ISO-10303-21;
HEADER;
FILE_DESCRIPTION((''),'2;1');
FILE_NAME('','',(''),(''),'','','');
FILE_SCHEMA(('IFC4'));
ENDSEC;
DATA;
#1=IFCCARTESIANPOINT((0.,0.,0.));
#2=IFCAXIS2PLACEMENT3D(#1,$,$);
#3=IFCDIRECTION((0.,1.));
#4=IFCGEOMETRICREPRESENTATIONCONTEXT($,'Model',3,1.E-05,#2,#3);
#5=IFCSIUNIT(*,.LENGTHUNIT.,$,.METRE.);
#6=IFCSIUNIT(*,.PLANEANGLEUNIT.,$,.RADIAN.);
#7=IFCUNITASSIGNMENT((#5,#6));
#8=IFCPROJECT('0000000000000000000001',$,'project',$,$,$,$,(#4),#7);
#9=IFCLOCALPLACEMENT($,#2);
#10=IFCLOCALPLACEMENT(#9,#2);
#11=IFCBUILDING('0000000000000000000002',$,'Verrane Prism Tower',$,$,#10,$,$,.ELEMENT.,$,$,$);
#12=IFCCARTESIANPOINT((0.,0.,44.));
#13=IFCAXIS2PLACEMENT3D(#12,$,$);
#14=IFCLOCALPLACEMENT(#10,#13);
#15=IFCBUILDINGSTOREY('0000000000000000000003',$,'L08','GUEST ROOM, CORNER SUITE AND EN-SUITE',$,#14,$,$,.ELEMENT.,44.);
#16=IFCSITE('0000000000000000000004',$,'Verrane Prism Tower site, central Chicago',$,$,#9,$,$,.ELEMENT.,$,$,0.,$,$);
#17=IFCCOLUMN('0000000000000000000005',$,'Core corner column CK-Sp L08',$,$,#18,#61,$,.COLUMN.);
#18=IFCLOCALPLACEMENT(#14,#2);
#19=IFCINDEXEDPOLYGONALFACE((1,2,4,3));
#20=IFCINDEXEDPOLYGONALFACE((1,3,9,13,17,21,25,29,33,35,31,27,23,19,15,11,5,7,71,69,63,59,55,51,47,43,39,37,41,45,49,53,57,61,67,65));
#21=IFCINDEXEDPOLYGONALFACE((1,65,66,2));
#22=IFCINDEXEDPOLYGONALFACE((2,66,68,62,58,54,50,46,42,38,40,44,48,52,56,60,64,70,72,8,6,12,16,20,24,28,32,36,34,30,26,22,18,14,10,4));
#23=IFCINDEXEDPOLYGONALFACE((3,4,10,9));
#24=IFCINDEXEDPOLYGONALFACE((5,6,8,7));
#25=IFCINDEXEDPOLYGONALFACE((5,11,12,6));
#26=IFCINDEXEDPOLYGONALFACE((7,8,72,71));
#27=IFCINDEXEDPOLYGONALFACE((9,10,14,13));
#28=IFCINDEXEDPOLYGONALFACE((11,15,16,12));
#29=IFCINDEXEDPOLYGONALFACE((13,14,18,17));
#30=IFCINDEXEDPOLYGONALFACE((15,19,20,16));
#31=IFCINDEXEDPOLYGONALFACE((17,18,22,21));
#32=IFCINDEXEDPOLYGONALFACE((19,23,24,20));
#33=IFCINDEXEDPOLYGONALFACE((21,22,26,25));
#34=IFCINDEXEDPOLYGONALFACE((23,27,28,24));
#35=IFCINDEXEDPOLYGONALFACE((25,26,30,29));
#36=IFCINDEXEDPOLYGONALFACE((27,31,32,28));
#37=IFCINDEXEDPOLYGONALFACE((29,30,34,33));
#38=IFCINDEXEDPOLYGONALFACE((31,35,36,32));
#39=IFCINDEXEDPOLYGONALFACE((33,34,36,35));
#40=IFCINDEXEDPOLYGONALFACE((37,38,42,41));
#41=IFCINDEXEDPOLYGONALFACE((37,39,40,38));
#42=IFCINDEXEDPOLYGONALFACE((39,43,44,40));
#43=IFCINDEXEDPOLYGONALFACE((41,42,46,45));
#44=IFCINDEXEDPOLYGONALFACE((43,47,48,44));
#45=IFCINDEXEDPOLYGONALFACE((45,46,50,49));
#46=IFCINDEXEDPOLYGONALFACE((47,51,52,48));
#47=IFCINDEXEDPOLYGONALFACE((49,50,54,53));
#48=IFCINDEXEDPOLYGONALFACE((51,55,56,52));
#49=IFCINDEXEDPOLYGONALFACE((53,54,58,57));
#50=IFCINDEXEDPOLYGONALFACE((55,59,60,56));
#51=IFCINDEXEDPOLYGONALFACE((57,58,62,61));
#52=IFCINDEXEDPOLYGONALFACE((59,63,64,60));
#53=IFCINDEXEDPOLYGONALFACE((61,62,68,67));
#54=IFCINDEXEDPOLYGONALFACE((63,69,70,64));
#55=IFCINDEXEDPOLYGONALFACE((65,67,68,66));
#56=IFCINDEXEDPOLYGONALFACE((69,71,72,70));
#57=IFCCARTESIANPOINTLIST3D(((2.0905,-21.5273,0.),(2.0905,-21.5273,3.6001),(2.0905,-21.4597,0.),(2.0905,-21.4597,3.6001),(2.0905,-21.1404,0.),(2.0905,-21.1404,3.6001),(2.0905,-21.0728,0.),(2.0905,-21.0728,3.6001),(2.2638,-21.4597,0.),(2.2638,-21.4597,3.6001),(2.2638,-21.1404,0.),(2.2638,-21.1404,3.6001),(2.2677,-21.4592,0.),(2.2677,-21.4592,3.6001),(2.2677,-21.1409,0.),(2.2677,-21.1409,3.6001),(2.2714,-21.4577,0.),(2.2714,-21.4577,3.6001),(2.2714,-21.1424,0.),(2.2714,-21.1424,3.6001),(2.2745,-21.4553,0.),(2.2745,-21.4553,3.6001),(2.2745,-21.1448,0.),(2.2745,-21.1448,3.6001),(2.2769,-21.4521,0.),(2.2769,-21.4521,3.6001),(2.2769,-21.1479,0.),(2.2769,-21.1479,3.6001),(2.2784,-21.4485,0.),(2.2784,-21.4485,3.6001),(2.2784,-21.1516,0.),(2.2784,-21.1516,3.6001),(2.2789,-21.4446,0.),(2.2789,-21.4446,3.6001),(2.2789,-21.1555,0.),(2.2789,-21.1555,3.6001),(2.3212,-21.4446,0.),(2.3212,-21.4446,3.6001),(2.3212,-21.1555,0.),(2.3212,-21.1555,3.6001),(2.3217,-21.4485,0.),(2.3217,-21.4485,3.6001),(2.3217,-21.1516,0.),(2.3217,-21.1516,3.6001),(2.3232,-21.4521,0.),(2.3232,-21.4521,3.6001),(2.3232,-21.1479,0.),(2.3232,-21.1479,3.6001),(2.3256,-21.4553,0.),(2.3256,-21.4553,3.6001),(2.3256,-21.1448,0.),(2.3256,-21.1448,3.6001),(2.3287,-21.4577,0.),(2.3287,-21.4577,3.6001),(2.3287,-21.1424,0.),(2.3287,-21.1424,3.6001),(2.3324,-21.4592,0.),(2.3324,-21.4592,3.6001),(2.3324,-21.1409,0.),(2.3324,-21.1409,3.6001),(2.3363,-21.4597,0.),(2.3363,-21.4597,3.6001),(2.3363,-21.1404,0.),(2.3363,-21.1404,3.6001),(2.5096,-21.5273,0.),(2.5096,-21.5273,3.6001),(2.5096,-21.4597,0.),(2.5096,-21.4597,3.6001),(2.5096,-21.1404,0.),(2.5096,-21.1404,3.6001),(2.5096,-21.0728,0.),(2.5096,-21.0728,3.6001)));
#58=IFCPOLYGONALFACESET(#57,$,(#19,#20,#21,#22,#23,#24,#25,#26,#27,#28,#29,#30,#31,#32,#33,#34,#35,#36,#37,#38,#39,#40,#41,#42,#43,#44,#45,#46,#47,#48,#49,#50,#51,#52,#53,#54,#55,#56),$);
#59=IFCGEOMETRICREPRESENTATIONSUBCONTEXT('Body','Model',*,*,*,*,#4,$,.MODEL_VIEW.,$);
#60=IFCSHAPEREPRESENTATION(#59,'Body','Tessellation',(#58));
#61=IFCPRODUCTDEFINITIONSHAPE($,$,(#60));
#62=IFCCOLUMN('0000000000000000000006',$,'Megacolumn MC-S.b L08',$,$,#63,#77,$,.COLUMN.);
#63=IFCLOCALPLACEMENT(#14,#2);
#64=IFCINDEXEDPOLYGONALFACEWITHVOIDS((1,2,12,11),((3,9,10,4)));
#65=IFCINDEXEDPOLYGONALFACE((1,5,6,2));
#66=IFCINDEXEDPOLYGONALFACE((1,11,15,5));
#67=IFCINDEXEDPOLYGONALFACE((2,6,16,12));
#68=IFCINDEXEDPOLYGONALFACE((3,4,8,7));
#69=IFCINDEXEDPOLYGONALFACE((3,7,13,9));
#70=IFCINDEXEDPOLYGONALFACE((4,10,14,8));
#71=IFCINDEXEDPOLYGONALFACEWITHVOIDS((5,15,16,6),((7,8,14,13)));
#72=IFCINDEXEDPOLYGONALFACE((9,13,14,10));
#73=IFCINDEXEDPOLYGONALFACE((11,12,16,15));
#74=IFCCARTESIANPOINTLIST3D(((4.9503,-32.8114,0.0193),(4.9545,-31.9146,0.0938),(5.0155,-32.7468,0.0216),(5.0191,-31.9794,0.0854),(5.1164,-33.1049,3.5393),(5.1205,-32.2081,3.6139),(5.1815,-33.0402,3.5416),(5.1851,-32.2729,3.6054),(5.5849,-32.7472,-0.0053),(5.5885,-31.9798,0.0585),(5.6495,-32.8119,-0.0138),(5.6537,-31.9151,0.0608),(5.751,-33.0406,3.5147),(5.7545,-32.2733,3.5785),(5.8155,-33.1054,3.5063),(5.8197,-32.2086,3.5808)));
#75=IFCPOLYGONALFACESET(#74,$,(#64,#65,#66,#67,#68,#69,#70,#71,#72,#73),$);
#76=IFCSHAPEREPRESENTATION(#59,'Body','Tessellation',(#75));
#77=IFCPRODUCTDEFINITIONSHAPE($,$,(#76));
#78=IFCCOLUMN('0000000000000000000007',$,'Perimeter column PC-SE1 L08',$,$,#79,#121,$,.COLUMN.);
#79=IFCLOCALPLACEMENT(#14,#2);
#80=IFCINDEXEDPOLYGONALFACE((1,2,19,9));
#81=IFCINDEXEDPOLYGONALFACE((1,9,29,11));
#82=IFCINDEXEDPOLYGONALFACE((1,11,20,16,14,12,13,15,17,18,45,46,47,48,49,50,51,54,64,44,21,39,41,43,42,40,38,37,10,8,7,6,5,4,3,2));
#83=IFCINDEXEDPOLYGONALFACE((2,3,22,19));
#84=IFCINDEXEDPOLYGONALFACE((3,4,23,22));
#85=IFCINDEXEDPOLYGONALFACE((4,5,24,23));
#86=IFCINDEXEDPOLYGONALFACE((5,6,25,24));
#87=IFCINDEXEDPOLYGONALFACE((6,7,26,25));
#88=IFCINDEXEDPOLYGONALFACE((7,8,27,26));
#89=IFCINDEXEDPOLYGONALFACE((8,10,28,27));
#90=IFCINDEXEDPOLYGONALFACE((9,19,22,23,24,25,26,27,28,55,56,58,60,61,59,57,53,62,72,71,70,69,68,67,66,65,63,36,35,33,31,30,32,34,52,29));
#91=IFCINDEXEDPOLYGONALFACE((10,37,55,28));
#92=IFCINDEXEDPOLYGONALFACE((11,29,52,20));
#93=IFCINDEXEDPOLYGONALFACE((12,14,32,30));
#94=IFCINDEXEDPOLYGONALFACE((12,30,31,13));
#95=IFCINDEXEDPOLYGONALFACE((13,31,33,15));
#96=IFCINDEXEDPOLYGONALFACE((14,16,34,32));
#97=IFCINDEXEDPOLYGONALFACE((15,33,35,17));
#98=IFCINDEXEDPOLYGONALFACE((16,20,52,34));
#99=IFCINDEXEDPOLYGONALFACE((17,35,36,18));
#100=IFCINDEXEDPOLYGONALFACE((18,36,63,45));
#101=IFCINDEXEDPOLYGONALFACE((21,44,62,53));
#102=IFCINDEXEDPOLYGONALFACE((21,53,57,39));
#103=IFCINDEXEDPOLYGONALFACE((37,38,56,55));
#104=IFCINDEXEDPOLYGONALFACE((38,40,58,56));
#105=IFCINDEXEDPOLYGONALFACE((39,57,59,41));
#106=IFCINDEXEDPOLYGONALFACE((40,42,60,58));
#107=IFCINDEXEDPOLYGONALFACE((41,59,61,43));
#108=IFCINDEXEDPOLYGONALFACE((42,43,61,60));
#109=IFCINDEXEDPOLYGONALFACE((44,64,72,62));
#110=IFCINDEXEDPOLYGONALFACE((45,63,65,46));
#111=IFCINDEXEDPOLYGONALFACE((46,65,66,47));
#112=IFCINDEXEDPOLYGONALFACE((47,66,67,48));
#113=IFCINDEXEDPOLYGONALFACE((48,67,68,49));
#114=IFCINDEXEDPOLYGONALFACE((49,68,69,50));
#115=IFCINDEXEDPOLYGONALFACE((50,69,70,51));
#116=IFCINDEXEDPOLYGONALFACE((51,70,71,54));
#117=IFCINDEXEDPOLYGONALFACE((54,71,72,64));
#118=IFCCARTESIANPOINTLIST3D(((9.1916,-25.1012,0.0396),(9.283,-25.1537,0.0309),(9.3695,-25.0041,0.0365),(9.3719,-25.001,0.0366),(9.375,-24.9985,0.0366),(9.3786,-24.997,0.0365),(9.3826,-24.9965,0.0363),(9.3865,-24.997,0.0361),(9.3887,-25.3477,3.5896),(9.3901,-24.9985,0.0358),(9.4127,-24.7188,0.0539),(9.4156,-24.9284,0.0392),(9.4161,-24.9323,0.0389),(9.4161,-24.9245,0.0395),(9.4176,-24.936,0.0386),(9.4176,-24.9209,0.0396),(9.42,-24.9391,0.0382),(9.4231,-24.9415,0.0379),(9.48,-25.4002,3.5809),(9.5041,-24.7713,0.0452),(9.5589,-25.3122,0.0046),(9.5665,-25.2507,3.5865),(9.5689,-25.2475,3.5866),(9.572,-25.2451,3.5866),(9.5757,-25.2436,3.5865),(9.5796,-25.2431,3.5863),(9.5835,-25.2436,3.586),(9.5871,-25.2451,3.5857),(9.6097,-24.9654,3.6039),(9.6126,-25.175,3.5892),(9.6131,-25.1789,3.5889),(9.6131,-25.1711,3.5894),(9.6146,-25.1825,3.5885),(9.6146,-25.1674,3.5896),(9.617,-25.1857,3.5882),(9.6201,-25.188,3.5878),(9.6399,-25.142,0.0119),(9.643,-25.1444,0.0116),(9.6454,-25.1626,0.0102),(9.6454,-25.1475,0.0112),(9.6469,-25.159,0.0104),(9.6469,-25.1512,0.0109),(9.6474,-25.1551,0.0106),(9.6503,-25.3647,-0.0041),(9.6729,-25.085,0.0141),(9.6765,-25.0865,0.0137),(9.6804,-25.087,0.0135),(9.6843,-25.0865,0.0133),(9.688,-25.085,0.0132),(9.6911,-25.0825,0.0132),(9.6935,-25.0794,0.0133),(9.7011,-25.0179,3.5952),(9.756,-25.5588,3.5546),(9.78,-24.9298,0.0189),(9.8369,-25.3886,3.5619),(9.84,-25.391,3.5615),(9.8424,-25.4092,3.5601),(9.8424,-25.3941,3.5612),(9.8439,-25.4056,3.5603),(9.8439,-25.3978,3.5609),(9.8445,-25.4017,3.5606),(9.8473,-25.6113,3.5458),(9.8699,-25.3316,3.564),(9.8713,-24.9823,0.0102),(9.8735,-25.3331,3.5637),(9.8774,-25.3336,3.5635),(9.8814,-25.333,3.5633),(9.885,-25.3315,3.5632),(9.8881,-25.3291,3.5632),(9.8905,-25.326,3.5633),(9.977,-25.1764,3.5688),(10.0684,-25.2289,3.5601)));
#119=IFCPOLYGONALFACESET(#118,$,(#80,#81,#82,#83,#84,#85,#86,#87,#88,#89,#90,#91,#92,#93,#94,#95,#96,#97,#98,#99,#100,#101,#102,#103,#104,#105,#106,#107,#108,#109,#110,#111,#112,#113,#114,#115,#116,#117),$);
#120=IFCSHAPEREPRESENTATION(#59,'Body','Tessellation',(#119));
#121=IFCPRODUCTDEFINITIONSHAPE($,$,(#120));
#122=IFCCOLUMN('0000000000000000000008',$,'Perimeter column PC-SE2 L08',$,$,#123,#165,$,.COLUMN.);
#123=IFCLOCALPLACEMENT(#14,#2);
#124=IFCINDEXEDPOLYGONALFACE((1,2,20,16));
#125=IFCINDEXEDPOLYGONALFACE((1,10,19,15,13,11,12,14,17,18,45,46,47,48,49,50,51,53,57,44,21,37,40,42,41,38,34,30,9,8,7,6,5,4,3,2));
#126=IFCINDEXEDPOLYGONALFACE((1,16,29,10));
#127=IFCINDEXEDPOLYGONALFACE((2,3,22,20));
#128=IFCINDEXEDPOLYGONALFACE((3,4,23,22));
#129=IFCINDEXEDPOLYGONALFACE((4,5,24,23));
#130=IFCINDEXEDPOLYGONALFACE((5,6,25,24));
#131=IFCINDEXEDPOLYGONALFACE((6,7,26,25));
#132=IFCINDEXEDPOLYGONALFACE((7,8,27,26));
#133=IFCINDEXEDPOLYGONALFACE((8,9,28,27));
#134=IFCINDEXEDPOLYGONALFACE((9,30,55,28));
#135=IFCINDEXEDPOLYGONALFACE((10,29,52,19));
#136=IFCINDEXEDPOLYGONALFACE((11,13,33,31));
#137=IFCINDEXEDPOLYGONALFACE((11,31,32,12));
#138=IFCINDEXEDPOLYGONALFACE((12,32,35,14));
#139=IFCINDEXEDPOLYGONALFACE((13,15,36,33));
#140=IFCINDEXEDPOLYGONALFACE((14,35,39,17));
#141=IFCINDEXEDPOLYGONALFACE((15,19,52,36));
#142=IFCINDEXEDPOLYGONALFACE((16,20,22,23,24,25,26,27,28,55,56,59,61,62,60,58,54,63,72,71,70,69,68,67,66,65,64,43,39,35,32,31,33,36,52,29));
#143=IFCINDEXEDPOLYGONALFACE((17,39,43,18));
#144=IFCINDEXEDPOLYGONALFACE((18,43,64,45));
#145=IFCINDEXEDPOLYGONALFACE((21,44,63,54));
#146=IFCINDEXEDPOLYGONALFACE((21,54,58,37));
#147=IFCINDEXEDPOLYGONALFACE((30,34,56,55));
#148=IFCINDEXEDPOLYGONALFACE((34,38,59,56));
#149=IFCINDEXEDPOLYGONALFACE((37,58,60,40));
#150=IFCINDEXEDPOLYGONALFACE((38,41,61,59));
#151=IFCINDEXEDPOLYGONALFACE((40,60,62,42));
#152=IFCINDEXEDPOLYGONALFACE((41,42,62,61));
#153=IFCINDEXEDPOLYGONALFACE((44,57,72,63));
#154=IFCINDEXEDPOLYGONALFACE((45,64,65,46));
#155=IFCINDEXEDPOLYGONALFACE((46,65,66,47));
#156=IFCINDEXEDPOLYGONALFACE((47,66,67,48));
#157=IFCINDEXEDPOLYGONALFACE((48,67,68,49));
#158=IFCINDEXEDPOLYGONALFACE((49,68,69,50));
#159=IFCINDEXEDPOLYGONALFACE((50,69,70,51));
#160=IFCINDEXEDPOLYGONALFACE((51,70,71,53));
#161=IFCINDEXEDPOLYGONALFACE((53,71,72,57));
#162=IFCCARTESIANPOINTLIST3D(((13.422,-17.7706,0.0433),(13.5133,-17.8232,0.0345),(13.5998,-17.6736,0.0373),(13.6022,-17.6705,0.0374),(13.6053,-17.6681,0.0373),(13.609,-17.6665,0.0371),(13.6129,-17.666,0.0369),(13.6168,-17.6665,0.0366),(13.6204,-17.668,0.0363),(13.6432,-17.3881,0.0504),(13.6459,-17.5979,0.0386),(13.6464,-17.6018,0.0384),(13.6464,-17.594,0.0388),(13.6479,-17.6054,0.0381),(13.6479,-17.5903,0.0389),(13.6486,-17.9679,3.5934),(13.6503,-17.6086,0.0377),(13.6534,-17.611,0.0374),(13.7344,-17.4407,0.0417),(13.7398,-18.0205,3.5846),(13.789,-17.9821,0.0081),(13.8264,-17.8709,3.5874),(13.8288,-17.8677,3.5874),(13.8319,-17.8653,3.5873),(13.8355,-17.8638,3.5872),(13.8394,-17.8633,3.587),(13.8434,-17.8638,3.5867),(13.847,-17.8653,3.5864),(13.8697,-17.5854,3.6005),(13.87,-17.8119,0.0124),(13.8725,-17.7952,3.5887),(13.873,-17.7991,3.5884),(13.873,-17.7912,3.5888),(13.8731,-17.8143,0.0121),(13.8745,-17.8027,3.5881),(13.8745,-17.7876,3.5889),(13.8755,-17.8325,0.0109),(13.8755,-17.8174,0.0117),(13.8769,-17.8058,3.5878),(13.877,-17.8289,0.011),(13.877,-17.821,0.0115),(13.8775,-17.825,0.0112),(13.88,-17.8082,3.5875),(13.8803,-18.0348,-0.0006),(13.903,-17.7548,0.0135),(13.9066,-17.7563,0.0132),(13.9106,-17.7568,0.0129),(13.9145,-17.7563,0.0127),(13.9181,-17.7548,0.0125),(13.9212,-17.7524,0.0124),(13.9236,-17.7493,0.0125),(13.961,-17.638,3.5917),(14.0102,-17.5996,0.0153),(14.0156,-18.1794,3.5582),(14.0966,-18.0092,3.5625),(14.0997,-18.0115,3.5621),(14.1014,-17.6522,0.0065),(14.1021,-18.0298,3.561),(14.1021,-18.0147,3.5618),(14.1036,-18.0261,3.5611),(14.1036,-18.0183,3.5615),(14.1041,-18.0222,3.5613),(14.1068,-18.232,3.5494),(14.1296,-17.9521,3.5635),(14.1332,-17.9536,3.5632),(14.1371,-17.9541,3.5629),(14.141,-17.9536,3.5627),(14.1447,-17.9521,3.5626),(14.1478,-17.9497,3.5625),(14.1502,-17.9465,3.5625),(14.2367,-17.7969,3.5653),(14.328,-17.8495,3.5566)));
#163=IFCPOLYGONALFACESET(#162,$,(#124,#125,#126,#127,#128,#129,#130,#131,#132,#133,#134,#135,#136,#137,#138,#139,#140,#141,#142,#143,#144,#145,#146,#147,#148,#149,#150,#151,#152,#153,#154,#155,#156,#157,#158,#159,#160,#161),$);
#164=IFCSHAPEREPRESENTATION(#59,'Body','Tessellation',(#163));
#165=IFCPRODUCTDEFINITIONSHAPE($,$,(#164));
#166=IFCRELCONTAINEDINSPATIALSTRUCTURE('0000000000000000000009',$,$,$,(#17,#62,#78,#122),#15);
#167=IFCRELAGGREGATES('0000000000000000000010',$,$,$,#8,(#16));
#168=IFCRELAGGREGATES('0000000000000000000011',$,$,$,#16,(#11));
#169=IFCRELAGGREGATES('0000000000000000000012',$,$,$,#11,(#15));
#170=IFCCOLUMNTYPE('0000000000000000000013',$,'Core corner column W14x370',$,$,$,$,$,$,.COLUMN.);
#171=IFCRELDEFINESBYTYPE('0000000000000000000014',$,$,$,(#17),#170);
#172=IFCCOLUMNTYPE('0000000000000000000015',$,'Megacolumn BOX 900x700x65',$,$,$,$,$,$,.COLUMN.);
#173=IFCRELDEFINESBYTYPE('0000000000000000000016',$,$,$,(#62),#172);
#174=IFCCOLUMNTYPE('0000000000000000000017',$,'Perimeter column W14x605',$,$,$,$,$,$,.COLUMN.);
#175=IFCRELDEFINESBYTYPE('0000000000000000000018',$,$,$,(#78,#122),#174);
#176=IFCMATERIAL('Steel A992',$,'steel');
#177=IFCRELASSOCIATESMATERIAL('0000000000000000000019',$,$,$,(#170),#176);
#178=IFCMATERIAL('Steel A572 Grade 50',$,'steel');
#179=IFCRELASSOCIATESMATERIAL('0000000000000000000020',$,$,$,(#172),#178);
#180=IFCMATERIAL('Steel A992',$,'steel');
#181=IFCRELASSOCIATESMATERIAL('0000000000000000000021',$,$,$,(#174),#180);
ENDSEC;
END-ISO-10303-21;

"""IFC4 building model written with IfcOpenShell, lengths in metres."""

from ifc_helpers import new_model, si_unit, direction, frame, origin, origin_2d, place, context, subcontext, project, spatial, hollow_rectangle, i_section, extrude, material, material_profile, profile_set, type_object, element, save


model = new_model("IFC4")

# Units and contexts
model_context = context("Model", 3, precision=1e-05, world=origin(), true_north=direction((0.0, 1.0)))
body_context = subcontext(model_context, "Body", "Model", "MODEL_VIEW")
ifc_project = project(units=[si_unit("LENGTHUNIT", "METRE"), si_unit("PLANEANGLEUNIT", "RADIAN")], contexts=[model_context])

# Site, building, storey
site_placement = place(None, origin())
site = spatial("IfcSite", under=ifc_project, at=site_placement, Name="Verrane Prism Tower site, central Chicago", CompositionType="ELEMENT", RefElevation=0.0)
building_placement = place(site_placement, origin())
building = spatial("IfcBuilding", under=site, at=building_placement, Name="Verrane Prism Tower", CompositionType="ELEMENT")
storey_placement = place(building_placement, frame((0.0, 0.0, 44.0)))
storey = spatial("IfcBuildingStorey", under=building, at=storey_placement, Name="L08", Description="GUEST ROOM, CORNER SUITE AND EN-SUITE", CompositionType="ELEMENT", Elevation=44.0)

# Columns
ifc_material_1 = material(Name="Steel A992", Category="steel")
ifc_material_profile_1 = material_profile(ifc_material_1, i_section(OverallWidth=0.4192, OverallDepth=0.4546, WebThickness=0.0422, FlangeThickness=0.0676, FilletRadius=0.0151, at=origin_2d()), Name="W14x370")
ifc_profile_set_1 = profile_set([ifc_material_profile_1], Name="Steel A992")
column_type_1 = type_object("IfcColumnType", Name="Core corner column W14x370", PredefinedType="COLUMN", material=ifc_profile_set_1)
column_1_placement = place(storey_placement, frame((2.3, -21.3, 0.0), z_axis=(0.0, 0.0, 1.0), x_axis=(-1.0, 0.0, 0.0)))
element("IfcColumn", 1, at=column_1_placement, inside=storey, type_object=column_type_1, Name="Core corner column CK-Sp L08", PredefinedType="COLUMN", context=body_context, shape_type="SweptSolid", body=[
    extrude(i_section(OverallWidth=0.4192, OverallDepth=0.4546, WebThickness=0.0422, FlangeThickness=0.0676, FilletRadius=0.0151, at=origin_2d()), origin(), (0.0, 0.0, 1.0), 3.6001),
])
ifc_material_2 = material(Name="Steel A572 Grade 50", Category="steel")
ifc_material_profile_2 = material_profile(ifc_material_2, hollow_rectangle(XDim=0.7, YDim=0.8999, WallThickness=0.0649, at=origin_2d()), Name="BOX 900x700x65")
ifc_profile_set_2 = profile_set([ifc_material_profile_2], Name="Steel A572 Grade 50")
column_type_2 = type_object("IfcColumnType", Name="Megacolumn BOX 900x700x65", PredefinedType="COLUMN", material=ifc_profile_set_2)
column_2_placement = place(storey_placement, frame((5.302, -32.3633, 0.04), z_axis=(0.046948, -0.082988, 0.995444), x_axis=(-0.998887, 0.000713, 0.04717)))
element("IfcColumn", 2, at=column_2_placement, inside=storey, type_object=column_type_2, Name="Megacolumn MC-S.b L08", PredefinedType="COLUMN", context=body_context, shape_type="SweptSolid", body=[
    extrude(hollow_rectangle(XDim=0.7, YDim=0.8999, WallThickness=0.0649, at=origin_2d()), origin(), (0.0, 0.0, 1.0), 3.5361),
])
ifc_material_3 = material(Name="Steel A992", Category="steel")
ifc_material_profile_3 = material_profile(ifc_material_3, i_section(OverallWidth=0.4419, OverallDepth=0.5308, WebThickness=0.0659, FlangeThickness=0.1057, FilletRadius=0.0151, at=origin_2d()), Name="W14x605")
ifc_profile_set_3 = profile_set([ifc_material_profile_3], Name="Steel A992")
column_type_3 = type_object("IfcColumnType", Name="Perimeter column W14x605", PredefinedType="COLUMN", material=ifc_profile_set_3)
column_3_placement = place(storey_placement, frame((9.5315, -25.0417, 0.0249), z_axis=(0.05528, -0.069186, 0.996071), x_axis=(-0.500261, -0.865271, -0.032337)))
element("IfcColumn", 3, at=column_3_placement, inside=storey, type_object=column_type_3, Name="Perimeter column PC-SE1 L08", PredefinedType="COLUMN", context=body_context, shape_type="SweptSolid", body=[
    extrude(i_section(OverallWidth=0.4419, OverallDepth=0.5308, WebThickness=0.0659, FlangeThickness=0.1057, FilletRadius=0.0151, at=origin_2d()), origin(), (0.0, 0.0, 1.0), 3.564),
])
column_4_placement = place(storey_placement, frame((13.7617, -17.7114, 0.0249), z_axis=(0.063592, -0.055369, 0.996439), x_axis=(-0.500488, -0.865593, -0.016157)))
element("IfcColumn", 4, at=column_4_placement, inside=storey, type_object=column_type_3, Name="Perimeter column PC-SE2 L08", PredefinedType="COLUMN", context=body_context, shape_type="SweptSolid", body=[
    extrude(i_section(OverallWidth=0.4419, OverallDepth=0.5308, WebThickness=0.0659, FlangeThickness=0.1057, FilletRadius=0.0151, at=origin_2d()), origin(), (0.0, 0.0, 1.0), 3.5627),
])

save(model, "model.ifc")
